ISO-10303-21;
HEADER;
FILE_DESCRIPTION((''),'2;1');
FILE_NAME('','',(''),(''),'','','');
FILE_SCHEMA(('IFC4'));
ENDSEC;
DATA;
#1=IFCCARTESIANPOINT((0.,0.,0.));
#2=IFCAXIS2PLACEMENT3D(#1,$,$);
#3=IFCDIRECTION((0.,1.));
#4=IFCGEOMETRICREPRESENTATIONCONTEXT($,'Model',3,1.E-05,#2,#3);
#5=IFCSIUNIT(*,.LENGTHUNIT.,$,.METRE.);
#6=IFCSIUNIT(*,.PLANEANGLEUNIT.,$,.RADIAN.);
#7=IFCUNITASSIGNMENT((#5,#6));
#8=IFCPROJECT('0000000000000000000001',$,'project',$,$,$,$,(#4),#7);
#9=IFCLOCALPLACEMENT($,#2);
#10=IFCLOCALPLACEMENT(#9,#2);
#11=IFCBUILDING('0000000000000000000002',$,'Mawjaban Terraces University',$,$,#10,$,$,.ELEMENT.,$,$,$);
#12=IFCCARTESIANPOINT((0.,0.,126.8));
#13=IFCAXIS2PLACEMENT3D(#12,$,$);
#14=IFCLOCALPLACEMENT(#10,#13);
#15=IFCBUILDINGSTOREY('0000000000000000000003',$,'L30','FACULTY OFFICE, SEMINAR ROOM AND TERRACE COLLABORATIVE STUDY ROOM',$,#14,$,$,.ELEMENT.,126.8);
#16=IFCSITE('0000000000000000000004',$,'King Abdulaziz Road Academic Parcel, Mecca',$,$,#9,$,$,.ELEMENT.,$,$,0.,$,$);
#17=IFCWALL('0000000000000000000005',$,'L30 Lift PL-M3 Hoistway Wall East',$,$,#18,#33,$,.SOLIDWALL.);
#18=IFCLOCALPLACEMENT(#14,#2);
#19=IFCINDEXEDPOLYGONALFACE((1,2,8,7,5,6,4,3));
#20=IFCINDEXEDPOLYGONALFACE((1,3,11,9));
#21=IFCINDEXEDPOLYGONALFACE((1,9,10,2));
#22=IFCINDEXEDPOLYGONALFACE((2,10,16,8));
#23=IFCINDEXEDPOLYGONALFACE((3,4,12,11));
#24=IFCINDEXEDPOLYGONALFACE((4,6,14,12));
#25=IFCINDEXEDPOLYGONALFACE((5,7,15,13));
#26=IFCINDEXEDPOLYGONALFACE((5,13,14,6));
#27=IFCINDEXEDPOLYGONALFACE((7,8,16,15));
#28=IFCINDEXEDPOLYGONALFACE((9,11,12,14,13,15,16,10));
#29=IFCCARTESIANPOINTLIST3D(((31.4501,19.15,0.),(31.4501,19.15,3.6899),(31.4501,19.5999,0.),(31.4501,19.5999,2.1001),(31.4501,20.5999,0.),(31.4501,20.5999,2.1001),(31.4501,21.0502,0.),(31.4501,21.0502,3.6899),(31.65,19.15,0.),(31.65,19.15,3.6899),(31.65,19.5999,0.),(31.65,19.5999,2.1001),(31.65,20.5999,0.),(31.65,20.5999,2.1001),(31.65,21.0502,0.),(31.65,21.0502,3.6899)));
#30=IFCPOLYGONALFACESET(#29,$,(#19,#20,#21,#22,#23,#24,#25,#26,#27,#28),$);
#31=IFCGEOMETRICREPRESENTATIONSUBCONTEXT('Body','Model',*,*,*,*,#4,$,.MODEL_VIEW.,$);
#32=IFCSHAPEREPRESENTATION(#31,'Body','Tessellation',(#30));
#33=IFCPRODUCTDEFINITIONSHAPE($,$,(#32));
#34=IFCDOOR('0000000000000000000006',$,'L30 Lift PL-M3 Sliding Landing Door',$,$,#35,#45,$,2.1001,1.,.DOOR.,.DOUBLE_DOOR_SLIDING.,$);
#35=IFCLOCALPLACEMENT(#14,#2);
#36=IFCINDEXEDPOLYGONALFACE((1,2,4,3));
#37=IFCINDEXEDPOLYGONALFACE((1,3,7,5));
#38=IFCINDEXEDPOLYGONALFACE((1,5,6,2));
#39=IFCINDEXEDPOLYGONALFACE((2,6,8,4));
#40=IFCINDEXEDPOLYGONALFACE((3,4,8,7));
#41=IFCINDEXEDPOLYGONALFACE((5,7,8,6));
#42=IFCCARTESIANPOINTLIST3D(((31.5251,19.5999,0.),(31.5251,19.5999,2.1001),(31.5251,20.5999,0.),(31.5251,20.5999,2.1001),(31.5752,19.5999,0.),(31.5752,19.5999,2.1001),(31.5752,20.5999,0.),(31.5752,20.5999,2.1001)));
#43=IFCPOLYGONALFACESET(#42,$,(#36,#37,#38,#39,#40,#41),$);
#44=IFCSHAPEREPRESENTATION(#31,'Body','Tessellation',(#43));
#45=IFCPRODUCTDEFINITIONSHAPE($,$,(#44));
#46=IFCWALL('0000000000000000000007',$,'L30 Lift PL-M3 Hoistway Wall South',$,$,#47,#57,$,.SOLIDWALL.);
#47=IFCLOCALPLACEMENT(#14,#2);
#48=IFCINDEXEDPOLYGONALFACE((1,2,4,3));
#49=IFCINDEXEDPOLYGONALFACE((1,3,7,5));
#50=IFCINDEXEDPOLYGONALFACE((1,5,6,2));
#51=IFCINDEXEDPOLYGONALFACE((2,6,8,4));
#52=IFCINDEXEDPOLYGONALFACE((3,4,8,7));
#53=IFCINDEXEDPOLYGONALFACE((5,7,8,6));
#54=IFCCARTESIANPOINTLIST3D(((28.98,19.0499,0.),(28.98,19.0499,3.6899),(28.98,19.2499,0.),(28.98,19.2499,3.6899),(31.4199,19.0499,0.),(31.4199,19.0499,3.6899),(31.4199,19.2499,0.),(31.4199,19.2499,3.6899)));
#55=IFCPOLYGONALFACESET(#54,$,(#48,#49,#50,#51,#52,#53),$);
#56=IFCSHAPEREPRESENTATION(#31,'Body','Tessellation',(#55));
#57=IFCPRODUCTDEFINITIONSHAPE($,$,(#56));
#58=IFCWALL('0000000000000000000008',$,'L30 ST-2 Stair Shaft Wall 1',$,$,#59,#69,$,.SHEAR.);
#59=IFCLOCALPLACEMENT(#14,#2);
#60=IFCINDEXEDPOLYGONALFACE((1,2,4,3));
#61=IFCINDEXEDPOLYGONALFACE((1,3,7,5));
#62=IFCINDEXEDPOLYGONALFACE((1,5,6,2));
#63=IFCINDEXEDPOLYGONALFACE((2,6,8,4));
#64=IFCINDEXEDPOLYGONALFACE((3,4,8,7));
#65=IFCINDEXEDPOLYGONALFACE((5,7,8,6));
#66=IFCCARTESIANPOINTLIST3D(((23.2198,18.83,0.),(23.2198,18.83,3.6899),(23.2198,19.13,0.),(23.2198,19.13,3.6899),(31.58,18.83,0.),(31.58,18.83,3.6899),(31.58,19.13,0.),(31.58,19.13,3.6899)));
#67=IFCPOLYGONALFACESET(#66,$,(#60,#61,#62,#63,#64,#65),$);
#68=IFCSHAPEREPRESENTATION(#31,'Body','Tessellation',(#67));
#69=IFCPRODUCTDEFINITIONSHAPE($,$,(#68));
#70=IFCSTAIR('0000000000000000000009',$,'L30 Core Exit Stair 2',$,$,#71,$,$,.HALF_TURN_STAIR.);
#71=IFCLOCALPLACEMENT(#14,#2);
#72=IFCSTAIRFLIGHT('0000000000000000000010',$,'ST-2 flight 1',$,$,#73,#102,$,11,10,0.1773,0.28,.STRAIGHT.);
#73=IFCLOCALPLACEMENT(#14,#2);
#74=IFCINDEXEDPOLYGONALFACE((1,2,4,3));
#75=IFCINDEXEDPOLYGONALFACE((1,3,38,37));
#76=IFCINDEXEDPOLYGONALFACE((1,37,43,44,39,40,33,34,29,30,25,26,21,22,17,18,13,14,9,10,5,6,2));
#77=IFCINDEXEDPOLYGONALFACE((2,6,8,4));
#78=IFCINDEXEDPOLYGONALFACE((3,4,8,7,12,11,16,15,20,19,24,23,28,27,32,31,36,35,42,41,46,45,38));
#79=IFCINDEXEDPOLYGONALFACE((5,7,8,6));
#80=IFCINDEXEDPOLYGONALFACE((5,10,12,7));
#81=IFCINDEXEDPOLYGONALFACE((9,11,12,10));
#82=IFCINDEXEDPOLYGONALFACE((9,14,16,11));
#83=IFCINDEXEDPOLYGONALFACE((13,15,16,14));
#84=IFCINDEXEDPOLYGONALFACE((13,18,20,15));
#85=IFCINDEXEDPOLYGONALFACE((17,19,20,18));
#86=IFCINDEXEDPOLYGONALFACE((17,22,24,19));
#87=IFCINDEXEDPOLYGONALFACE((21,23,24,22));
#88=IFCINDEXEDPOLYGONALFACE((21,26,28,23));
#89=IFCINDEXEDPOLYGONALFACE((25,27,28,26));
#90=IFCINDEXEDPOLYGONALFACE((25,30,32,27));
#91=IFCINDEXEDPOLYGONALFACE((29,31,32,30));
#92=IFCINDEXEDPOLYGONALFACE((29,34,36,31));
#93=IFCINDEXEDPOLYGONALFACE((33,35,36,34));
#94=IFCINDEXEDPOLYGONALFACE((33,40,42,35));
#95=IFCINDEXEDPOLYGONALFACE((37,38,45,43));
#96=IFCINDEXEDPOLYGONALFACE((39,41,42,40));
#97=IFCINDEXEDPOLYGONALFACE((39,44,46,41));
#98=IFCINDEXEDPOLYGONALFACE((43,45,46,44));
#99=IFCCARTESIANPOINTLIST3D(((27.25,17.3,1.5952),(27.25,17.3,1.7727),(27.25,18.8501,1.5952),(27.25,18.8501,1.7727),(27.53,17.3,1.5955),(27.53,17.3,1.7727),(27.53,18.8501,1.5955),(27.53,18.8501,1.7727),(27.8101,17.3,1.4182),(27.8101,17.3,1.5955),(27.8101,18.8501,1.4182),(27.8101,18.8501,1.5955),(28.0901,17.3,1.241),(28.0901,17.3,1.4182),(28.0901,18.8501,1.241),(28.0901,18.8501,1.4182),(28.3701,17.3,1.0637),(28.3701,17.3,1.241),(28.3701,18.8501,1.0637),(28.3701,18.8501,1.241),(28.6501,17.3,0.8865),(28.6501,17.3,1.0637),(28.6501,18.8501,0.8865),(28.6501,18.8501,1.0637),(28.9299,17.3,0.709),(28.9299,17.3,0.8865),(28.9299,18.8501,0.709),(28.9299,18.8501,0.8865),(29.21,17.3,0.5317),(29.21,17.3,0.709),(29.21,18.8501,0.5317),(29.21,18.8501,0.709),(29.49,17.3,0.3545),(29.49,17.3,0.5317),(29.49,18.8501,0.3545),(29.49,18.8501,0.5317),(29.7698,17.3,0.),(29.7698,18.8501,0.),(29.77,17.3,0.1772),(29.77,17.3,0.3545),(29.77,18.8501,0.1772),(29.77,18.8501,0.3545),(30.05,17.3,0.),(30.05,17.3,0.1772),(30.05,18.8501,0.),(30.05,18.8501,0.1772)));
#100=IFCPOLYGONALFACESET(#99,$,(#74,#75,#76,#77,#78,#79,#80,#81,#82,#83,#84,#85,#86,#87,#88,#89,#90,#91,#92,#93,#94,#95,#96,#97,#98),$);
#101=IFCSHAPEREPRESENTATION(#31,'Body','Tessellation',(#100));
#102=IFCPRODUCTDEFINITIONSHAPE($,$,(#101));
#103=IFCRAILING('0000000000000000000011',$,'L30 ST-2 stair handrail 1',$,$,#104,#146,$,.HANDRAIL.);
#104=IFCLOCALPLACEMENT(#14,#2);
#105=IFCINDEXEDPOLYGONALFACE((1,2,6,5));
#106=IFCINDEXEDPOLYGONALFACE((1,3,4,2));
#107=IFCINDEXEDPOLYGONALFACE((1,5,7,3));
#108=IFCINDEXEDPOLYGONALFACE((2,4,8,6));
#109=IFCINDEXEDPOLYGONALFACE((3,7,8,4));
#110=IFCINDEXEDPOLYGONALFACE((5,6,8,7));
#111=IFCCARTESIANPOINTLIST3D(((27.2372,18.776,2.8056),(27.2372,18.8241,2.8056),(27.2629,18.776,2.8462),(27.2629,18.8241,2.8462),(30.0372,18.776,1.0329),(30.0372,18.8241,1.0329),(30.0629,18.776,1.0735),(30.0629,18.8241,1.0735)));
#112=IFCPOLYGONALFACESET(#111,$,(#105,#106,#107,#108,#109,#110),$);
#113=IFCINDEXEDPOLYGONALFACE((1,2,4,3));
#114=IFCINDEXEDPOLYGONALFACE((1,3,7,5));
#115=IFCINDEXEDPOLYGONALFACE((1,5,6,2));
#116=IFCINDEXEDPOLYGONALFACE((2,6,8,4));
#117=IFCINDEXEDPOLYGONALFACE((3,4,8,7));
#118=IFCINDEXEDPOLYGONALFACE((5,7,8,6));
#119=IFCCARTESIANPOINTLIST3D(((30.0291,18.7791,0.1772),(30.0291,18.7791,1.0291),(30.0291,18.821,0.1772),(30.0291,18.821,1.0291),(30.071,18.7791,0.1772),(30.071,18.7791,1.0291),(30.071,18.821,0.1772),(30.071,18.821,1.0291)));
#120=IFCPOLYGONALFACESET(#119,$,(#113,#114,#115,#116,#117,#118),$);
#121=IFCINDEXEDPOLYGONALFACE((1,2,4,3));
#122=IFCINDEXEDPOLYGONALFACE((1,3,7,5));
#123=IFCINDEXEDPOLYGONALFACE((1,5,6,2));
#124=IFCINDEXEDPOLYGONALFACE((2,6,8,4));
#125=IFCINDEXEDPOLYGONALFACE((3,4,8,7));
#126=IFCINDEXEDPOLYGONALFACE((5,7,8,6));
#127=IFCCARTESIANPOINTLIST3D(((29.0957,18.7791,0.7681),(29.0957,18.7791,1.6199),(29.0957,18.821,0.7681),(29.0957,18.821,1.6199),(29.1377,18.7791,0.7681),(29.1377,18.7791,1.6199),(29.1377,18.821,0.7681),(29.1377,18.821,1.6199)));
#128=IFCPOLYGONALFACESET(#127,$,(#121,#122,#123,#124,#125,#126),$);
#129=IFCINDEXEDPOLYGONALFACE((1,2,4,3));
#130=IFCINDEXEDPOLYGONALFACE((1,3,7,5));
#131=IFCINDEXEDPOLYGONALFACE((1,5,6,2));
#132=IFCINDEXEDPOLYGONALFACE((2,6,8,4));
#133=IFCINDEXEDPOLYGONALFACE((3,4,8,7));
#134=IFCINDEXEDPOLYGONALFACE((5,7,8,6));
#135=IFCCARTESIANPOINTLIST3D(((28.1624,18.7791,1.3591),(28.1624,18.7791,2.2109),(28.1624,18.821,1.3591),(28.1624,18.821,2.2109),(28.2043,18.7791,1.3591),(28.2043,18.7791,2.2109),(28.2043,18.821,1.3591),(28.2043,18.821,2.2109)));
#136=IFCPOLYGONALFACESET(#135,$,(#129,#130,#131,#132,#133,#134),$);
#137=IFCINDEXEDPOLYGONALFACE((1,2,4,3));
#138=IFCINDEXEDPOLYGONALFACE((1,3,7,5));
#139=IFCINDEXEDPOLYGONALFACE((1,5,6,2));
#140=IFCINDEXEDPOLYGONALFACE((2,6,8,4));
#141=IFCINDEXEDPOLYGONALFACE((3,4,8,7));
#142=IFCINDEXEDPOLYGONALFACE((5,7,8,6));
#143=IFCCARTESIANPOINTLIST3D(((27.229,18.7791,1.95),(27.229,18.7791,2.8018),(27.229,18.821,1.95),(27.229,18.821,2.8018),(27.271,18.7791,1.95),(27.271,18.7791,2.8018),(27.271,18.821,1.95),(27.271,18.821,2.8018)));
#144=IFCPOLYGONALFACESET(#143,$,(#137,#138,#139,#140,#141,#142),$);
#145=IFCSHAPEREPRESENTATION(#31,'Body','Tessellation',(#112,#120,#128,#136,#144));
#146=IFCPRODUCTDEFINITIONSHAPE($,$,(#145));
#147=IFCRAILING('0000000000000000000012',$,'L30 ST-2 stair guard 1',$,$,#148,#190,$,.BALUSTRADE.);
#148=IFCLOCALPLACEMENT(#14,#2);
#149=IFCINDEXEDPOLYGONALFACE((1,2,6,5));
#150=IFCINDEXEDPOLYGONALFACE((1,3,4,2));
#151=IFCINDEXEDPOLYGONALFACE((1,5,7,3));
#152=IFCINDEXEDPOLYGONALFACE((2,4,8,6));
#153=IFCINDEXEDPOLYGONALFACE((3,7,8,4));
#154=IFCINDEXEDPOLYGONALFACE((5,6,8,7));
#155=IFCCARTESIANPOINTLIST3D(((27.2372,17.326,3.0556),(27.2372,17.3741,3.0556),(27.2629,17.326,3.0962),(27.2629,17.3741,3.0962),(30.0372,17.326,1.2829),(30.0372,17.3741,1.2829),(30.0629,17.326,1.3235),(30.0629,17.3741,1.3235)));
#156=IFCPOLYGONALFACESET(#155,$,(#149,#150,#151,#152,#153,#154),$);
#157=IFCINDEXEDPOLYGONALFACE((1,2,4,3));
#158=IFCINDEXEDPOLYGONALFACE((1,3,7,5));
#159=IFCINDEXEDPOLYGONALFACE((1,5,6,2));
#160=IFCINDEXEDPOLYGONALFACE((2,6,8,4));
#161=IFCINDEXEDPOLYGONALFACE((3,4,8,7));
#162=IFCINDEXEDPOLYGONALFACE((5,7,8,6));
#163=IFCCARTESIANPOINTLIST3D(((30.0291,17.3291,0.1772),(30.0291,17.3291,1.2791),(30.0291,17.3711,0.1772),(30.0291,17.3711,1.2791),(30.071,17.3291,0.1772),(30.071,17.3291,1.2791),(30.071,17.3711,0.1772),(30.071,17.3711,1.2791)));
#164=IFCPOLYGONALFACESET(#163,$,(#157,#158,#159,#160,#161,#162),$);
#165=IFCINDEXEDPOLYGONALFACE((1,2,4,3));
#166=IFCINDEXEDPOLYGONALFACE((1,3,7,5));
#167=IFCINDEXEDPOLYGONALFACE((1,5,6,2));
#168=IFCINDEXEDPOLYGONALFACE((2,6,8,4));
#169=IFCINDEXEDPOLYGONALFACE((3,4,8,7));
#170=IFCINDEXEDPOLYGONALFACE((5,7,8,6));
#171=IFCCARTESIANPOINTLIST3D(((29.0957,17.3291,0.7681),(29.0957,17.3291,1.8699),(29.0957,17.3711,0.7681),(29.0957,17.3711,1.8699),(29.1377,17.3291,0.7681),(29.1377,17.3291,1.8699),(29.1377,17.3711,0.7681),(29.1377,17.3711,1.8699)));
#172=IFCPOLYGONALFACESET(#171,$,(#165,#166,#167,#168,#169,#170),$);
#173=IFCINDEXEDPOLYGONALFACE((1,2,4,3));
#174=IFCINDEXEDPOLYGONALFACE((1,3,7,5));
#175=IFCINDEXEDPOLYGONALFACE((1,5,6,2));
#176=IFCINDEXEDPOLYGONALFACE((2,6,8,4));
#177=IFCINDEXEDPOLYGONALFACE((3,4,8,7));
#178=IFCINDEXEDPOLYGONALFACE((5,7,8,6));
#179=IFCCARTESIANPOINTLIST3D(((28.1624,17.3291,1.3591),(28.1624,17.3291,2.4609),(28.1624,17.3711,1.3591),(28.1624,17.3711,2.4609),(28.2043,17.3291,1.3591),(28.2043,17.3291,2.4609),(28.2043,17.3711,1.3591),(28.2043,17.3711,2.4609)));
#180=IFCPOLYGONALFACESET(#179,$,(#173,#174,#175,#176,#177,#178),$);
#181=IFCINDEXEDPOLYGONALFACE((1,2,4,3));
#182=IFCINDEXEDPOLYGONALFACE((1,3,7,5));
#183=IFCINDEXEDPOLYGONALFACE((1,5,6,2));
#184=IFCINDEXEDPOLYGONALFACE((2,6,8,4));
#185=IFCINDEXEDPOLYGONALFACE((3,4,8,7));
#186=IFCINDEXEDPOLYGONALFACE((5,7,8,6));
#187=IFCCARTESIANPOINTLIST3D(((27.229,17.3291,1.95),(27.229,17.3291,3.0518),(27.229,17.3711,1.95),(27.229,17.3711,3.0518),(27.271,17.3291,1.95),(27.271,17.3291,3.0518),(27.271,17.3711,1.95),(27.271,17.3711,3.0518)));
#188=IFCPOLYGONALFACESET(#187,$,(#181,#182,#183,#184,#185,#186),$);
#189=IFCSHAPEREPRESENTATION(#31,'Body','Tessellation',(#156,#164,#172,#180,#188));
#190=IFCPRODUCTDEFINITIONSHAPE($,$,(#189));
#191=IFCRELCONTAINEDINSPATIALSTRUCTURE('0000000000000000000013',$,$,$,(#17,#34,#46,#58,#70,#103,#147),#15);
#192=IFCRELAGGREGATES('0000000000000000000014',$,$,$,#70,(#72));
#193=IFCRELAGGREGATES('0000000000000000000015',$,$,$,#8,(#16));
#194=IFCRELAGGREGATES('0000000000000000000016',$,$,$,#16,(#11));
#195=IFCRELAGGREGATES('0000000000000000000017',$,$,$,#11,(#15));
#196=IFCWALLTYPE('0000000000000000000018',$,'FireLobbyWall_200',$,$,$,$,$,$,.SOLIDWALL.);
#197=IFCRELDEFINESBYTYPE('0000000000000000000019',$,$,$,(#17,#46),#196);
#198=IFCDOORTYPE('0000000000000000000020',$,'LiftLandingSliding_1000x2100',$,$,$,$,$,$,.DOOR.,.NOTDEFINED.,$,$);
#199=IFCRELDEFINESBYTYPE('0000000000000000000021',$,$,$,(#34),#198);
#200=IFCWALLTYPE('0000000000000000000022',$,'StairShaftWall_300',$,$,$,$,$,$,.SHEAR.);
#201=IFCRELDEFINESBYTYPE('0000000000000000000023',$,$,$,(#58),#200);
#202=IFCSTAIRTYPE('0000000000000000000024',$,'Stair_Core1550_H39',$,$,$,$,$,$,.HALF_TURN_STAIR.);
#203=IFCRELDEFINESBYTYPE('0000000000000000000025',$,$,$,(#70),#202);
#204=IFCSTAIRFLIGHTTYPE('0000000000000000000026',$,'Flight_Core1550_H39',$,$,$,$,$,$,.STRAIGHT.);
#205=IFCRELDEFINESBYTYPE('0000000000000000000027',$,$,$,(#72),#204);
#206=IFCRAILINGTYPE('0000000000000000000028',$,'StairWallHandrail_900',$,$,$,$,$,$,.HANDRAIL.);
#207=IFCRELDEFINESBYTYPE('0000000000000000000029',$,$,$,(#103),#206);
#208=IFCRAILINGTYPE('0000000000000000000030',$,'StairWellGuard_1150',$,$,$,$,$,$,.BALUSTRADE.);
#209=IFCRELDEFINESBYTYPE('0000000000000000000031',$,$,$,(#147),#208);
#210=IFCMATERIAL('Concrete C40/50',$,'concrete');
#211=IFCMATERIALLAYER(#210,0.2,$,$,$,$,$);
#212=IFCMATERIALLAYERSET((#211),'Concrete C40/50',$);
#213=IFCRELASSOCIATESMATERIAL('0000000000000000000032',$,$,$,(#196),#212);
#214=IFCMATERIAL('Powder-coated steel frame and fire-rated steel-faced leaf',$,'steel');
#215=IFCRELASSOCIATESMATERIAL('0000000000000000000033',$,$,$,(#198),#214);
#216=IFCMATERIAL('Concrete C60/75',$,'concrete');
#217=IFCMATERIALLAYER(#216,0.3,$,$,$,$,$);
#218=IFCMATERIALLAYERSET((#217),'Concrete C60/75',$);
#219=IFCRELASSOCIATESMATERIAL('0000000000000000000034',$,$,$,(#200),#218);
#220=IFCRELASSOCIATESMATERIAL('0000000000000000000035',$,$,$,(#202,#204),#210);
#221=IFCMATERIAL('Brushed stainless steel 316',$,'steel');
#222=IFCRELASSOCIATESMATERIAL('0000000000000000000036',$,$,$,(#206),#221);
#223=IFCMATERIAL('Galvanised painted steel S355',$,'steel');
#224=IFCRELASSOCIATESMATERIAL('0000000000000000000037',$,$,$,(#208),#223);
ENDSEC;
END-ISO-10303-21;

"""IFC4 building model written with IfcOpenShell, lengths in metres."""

from ifc_helpers import new_model, si_unit, direction, frame, frame_2d, origin, origin_2d, place, context, subcontext, project, spatial, polyline, rectangle, outline, extrude, material, layer, layer_set, type_object, element, fill, aggregate, save


model = new_model("IFC4")

# Units and contexts
model_context = context("Model", 3, precision=1e-05, world=origin(), true_north=direction((0.0, 1.0)))
body_context = subcontext(model_context, "Body", "Model", "MODEL_VIEW")
ifc_project = project(units=[si_unit("LENGTHUNIT", "METRE"), si_unit("PLANEANGLEUNIT", "RADIAN")], contexts=[model_context])

# Site, building, storey
site_placement = place(None, origin())
site = spatial("IfcSite", under=ifc_project, at=site_placement, Name="King Abdulaziz Road Academic Parcel, Mecca", CompositionType="ELEMENT", RefElevation=0.0)
building_placement = place(site_placement, origin())
building = spatial("IfcBuilding", under=site, at=building_placement, Name="Mawjaban Terraces University", CompositionType="ELEMENT")
storey_placement = place(building_placement, frame((0.0, 0.0, 126.8)))
storey = spatial("IfcBuildingStorey", under=building, at=storey_placement, Name="L30", Description="FACULTY OFFICE, SEMINAR ROOM AND TERRACE COLLABORATIVE STUDY ROOM", CompositionType="ELEMENT", Elevation=126.8)

# Shared definitions
ifc_material_1 = material(Name="Concrete C40/50", Category="concrete")
ifc_layer_1 = layer(ifc_material_1, 0.2)
ifc_layer_set_1 = layer_set([ifc_layer_1], Name="Concrete C40/50")
wall_type_1 = type_object("IfcWallType", Name="FireLobbyWall_200", PredefinedType="SOLIDWALL", material=ifc_layer_set_1)

# Wall, opening, door
ifc_material_2 = material(Name="Powder-coated steel frame and fire-rated steel-faced leaf", Category="steel")
door_type_1 = type_object("IfcDoorType", Name="LiftLandingSliding_1000x2100", OperationType="NOTDEFINED", PredefinedType="DOOR", material=ifc_material_2)
wall_1_placement = place(storey_placement, frame((31.55, 19.1499, 0.0), z_axis=(0.0, 0.0, 1.0), x_axis=(0.0, 1.0, 0.0)))
wall_1 = element("IfcWall", 1, at=wall_1_placement, inside=storey, type_object=wall_type_1, Name="L30 Lift PL-M3 Hoistway Wall East", PredefinedType="SOLIDWALL", context=body_context, shape_type="SweptSolid", body=[
    extrude(rectangle(XDim=1.9001, YDim=0.2, at=frame_2d((0.9502, 0.0))), origin(), (0.0, 0.0, 1.0), 3.6899),
])
opening_1_placement = place(wall_1_placement, frame((0.45, 0.0, 0.0)))
opening_1 = element("IfcOpeningElement", 2, at=opening_1_placement, cuts=wall_1, PredefinedType="OPENING", context=body_context, shape_type="SweptSolid", body=[
    extrude(rectangle(XDim=1.0, YDim=2.1001, at=frame_2d((0.5, 1.05))), frame((0.0, 0.1099, 0.0), z_axis=(0.0, -1.0, 0.0), x_axis=(1.0, 0.0, 0.0)), (0.0, 0.0, 1.0), 0.22),
])
door_1_placement = place(opening_1_placement, origin())
door_1 = element("IfcDoor", 3, at=door_1_placement, inside=storey, type_object=door_type_1, Name="L30 Lift PL-M3 Sliding Landing Door", OperationType="DOUBLE_DOOR_SLIDING", OverallHeight=2.1001, OverallWidth=1.0, PredefinedType="DOOR", context=body_context, shape_type="SweptSolid", body=[
    extrude(rectangle(XDim=1.0, YDim=2.1001, at=frame_2d((0.5, 1.05))), frame((0.0, 0.0249, 0.0), z_axis=(0.0, -1.0, 0.0), x_axis=(1.0, 0.0, 0.0)), (0.0, 0.0, 1.0), 0.05),
])
fill(opening_1, door_1)

# Walls
wall_2_placement = place(storey_placement, frame((28.98, 19.1499, 0.0), z_axis=(0.0, 0.0, 1.0), x_axis=(1.0, 0.0, 0.0)))
element("IfcWall", 4, at=wall_2_placement, inside=storey, type_object=wall_type_1, Name="L30 Lift PL-M3 Hoistway Wall South", PredefinedType="SOLIDWALL", context=body_context, shape_type="SweptSolid", body=[
    extrude(rectangle(XDim=2.4399, YDim=0.2, at=frame_2d((1.22, 0.0))), origin(), (0.0, 0.0, 1.0), 3.6899),
])
ifc_material_3 = material(Name="Concrete C60/75", Category="concrete")
ifc_layer_2 = layer(ifc_material_3, 0.3)
ifc_layer_set_2 = layer_set([ifc_layer_2], Name="Concrete C60/75")
wall_type_2 = type_object("IfcWallType", Name="StairShaftWall_300", PredefinedType="SHEAR", material=ifc_layer_set_2)
wall_3_placement = place(storey_placement, frame((31.5801, 18.98, 0.0), z_axis=(0.0, 0.0, 1.0), x_axis=(-1.0, 0.0, 0.0)))
element("IfcWall", 5, at=wall_3_placement, inside=storey, type_object=wall_type_2, Name="L30 ST-2 Stair Shaft Wall 1", PredefinedType="SHEAR", context=body_context, shape_type="SweptSolid", body=[
    extrude(rectangle(XDim=8.3601, YDim=0.3, at=frame_2d((4.1802, 0.0))), origin(), (0.0, 0.0, 1.0), 3.6899),
])

# Stair, stair flight
stair_type = type_object("IfcStairType", Name="Stair_Core1550_H39", PredefinedType="HALF_TURN_STAIR", material=ifc_material_1)
stair_placement = place(storey_placement, origin())
stair = element("IfcStair", 6, at=stair_placement, inside=storey, type_object=stair_type, Name="L30 Core Exit Stair 2", PredefinedType="HALF_TURN_STAIR")
stair_flight_type = type_object("IfcStairFlightType", Name="Flight_Core1550_H39", PredefinedType="STRAIGHT", material=ifc_material_1)
stair_flight_placement = place(storey_placement, frame((30.05, 18.075, 0.0), z_axis=(0.0, 0.0, 1.0), x_axis=(-1.0, 0.0, 0.0)))
stair_flight = element("IfcStairFlight", 7, at=stair_flight_placement, type_object=stair_flight_type, Name="ST-2 flight 1", NumberOfRisers=11, NumberOfTreads=10, PredefinedType="STRAIGHT", RiserHeight=0.1773, TreadLength=0.28, context=body_context, shape_type="SweptSolid", body=[
    extrude(outline(polyline([(0.0, 0.0), (0.0, 0.1772), (0.28, 0.1772), (0.28, 0.3545), (0.5601, 0.3545), (0.5601, 0.5317), (0.8401, 0.5317), (0.8401, 0.709), (1.1201, 0.709), (1.1201, 0.8865), (1.3999, 0.8865), (1.3999, 1.0637), (1.6799, 1.0637), (1.6799, 1.241), (1.96, 1.241), (1.96, 1.4182), (2.24, 1.4182), (2.24, 1.5955), (2.52, 1.5955), (2.52, 1.7727), (2.8, 1.7727), (2.8, 1.95), (2.8, 1.5952), (0.2803, 0.0), (0.0, 0.0)])), frame((0.0, 0.7749, 0.0), z_axis=(0.0, -1.0, 0.0), x_axis=(1.0, 0.0, 0.0)), (0.0, 0.0, 1.0), 1.55),
])
aggregate(stair, [stair_flight])

# Railings
ifc_material_4 = material(Name="Brushed stainless steel 316", Category="steel")
railing_type_1 = type_object("IfcRailingType", Name="StairWallHandrail_900", PredefinedType="HANDRAIL", material=ifc_material_4)
railing_1_placement = place(storey_placement, frame((30.05, 18.8, 0.1772)))
element("IfcRailing", 8, at=railing_1_placement, inside=storey, type_object=railing_type_1, Name="L30 ST-2 stair handrail 1", PredefinedType="HANDRAIL", context=body_context, shape_type="SweptSolid", body=[
    extrude(rectangle(XDim=0.0481, YDim=0.0481, at=origin_2d()), frame((0.0, 0.0, 0.876), z_axis=(-0.844909, 0.0, 0.53491), x_axis=(0.0, -1.0, 0.0)), (0.0, 0.0, 1.0), 3.314),
    extrude(rectangle(XDim=0.042, YDim=0.042, at=origin_2d()), origin(), (0.0, 0.0, 1.0), 0.8518),
    extrude(rectangle(XDim=0.042, YDim=0.042, at=origin_2d()), frame((-0.9333, 0.0, 0.5908)), (0.0, 0.0, 1.0), 0.8518),
    extrude(rectangle(XDim=0.042, YDim=0.042, at=origin_2d()), frame((-1.8667, 0.0, 1.1819)), (0.0, 0.0, 1.0), 0.8518),
    extrude(rectangle(XDim=0.042, YDim=0.042, at=origin_2d()), frame((-2.8, 0.0, 1.7727)), (0.0, 0.0, 1.0), 0.8518),
])
ifc_material_5 = material(Name="Galvanised painted steel S355", Category="steel")
railing_type_2 = type_object("IfcRailingType", Name="StairWellGuard_1150", PredefinedType="BALUSTRADE", material=ifc_material_5)
railing_2_placement = place(storey_placement, frame((30.05, 17.3501, 0.1772)))
element("IfcRailing", 9, at=railing_2_placement, inside=storey, type_object=railing_type_2, Name="L30 ST-2 stair guard 1", PredefinedType="BALUSTRADE", context=body_context, shape_type="SweptSolid", body=[
    extrude(rectangle(XDim=0.0481, YDim=0.0481, at=origin_2d()), frame((0.0, 0.0, 1.126), z_axis=(-0.844909, 0.0, 0.53491), x_axis=(0.0, -1.0, 0.0)), (0.0, 0.0, 1.0), 3.314),
    extrude(rectangle(XDim=0.042, YDim=0.042, at=origin_2d()), origin(), (0.0, 0.0, 1.0), 1.1018),
    extrude(rectangle(XDim=0.042, YDim=0.042, at=origin_2d()), frame((-0.9333, 0.0, 0.5908)), (0.0, 0.0, 1.0), 1.1018),
    extrude(rectangle(XDim=0.042, YDim=0.042, at=origin_2d()), frame((-1.8667, 0.0, 1.1819)), (0.0, 0.0, 1.0), 1.1018),
    extrude(rectangle(XDim=0.042, YDim=0.042, at=origin_2d()), frame((-2.8, 0.0, 1.7727)), (0.0, 0.0, 1.0), 1.1018),
])

save(model, "model.ifc")
